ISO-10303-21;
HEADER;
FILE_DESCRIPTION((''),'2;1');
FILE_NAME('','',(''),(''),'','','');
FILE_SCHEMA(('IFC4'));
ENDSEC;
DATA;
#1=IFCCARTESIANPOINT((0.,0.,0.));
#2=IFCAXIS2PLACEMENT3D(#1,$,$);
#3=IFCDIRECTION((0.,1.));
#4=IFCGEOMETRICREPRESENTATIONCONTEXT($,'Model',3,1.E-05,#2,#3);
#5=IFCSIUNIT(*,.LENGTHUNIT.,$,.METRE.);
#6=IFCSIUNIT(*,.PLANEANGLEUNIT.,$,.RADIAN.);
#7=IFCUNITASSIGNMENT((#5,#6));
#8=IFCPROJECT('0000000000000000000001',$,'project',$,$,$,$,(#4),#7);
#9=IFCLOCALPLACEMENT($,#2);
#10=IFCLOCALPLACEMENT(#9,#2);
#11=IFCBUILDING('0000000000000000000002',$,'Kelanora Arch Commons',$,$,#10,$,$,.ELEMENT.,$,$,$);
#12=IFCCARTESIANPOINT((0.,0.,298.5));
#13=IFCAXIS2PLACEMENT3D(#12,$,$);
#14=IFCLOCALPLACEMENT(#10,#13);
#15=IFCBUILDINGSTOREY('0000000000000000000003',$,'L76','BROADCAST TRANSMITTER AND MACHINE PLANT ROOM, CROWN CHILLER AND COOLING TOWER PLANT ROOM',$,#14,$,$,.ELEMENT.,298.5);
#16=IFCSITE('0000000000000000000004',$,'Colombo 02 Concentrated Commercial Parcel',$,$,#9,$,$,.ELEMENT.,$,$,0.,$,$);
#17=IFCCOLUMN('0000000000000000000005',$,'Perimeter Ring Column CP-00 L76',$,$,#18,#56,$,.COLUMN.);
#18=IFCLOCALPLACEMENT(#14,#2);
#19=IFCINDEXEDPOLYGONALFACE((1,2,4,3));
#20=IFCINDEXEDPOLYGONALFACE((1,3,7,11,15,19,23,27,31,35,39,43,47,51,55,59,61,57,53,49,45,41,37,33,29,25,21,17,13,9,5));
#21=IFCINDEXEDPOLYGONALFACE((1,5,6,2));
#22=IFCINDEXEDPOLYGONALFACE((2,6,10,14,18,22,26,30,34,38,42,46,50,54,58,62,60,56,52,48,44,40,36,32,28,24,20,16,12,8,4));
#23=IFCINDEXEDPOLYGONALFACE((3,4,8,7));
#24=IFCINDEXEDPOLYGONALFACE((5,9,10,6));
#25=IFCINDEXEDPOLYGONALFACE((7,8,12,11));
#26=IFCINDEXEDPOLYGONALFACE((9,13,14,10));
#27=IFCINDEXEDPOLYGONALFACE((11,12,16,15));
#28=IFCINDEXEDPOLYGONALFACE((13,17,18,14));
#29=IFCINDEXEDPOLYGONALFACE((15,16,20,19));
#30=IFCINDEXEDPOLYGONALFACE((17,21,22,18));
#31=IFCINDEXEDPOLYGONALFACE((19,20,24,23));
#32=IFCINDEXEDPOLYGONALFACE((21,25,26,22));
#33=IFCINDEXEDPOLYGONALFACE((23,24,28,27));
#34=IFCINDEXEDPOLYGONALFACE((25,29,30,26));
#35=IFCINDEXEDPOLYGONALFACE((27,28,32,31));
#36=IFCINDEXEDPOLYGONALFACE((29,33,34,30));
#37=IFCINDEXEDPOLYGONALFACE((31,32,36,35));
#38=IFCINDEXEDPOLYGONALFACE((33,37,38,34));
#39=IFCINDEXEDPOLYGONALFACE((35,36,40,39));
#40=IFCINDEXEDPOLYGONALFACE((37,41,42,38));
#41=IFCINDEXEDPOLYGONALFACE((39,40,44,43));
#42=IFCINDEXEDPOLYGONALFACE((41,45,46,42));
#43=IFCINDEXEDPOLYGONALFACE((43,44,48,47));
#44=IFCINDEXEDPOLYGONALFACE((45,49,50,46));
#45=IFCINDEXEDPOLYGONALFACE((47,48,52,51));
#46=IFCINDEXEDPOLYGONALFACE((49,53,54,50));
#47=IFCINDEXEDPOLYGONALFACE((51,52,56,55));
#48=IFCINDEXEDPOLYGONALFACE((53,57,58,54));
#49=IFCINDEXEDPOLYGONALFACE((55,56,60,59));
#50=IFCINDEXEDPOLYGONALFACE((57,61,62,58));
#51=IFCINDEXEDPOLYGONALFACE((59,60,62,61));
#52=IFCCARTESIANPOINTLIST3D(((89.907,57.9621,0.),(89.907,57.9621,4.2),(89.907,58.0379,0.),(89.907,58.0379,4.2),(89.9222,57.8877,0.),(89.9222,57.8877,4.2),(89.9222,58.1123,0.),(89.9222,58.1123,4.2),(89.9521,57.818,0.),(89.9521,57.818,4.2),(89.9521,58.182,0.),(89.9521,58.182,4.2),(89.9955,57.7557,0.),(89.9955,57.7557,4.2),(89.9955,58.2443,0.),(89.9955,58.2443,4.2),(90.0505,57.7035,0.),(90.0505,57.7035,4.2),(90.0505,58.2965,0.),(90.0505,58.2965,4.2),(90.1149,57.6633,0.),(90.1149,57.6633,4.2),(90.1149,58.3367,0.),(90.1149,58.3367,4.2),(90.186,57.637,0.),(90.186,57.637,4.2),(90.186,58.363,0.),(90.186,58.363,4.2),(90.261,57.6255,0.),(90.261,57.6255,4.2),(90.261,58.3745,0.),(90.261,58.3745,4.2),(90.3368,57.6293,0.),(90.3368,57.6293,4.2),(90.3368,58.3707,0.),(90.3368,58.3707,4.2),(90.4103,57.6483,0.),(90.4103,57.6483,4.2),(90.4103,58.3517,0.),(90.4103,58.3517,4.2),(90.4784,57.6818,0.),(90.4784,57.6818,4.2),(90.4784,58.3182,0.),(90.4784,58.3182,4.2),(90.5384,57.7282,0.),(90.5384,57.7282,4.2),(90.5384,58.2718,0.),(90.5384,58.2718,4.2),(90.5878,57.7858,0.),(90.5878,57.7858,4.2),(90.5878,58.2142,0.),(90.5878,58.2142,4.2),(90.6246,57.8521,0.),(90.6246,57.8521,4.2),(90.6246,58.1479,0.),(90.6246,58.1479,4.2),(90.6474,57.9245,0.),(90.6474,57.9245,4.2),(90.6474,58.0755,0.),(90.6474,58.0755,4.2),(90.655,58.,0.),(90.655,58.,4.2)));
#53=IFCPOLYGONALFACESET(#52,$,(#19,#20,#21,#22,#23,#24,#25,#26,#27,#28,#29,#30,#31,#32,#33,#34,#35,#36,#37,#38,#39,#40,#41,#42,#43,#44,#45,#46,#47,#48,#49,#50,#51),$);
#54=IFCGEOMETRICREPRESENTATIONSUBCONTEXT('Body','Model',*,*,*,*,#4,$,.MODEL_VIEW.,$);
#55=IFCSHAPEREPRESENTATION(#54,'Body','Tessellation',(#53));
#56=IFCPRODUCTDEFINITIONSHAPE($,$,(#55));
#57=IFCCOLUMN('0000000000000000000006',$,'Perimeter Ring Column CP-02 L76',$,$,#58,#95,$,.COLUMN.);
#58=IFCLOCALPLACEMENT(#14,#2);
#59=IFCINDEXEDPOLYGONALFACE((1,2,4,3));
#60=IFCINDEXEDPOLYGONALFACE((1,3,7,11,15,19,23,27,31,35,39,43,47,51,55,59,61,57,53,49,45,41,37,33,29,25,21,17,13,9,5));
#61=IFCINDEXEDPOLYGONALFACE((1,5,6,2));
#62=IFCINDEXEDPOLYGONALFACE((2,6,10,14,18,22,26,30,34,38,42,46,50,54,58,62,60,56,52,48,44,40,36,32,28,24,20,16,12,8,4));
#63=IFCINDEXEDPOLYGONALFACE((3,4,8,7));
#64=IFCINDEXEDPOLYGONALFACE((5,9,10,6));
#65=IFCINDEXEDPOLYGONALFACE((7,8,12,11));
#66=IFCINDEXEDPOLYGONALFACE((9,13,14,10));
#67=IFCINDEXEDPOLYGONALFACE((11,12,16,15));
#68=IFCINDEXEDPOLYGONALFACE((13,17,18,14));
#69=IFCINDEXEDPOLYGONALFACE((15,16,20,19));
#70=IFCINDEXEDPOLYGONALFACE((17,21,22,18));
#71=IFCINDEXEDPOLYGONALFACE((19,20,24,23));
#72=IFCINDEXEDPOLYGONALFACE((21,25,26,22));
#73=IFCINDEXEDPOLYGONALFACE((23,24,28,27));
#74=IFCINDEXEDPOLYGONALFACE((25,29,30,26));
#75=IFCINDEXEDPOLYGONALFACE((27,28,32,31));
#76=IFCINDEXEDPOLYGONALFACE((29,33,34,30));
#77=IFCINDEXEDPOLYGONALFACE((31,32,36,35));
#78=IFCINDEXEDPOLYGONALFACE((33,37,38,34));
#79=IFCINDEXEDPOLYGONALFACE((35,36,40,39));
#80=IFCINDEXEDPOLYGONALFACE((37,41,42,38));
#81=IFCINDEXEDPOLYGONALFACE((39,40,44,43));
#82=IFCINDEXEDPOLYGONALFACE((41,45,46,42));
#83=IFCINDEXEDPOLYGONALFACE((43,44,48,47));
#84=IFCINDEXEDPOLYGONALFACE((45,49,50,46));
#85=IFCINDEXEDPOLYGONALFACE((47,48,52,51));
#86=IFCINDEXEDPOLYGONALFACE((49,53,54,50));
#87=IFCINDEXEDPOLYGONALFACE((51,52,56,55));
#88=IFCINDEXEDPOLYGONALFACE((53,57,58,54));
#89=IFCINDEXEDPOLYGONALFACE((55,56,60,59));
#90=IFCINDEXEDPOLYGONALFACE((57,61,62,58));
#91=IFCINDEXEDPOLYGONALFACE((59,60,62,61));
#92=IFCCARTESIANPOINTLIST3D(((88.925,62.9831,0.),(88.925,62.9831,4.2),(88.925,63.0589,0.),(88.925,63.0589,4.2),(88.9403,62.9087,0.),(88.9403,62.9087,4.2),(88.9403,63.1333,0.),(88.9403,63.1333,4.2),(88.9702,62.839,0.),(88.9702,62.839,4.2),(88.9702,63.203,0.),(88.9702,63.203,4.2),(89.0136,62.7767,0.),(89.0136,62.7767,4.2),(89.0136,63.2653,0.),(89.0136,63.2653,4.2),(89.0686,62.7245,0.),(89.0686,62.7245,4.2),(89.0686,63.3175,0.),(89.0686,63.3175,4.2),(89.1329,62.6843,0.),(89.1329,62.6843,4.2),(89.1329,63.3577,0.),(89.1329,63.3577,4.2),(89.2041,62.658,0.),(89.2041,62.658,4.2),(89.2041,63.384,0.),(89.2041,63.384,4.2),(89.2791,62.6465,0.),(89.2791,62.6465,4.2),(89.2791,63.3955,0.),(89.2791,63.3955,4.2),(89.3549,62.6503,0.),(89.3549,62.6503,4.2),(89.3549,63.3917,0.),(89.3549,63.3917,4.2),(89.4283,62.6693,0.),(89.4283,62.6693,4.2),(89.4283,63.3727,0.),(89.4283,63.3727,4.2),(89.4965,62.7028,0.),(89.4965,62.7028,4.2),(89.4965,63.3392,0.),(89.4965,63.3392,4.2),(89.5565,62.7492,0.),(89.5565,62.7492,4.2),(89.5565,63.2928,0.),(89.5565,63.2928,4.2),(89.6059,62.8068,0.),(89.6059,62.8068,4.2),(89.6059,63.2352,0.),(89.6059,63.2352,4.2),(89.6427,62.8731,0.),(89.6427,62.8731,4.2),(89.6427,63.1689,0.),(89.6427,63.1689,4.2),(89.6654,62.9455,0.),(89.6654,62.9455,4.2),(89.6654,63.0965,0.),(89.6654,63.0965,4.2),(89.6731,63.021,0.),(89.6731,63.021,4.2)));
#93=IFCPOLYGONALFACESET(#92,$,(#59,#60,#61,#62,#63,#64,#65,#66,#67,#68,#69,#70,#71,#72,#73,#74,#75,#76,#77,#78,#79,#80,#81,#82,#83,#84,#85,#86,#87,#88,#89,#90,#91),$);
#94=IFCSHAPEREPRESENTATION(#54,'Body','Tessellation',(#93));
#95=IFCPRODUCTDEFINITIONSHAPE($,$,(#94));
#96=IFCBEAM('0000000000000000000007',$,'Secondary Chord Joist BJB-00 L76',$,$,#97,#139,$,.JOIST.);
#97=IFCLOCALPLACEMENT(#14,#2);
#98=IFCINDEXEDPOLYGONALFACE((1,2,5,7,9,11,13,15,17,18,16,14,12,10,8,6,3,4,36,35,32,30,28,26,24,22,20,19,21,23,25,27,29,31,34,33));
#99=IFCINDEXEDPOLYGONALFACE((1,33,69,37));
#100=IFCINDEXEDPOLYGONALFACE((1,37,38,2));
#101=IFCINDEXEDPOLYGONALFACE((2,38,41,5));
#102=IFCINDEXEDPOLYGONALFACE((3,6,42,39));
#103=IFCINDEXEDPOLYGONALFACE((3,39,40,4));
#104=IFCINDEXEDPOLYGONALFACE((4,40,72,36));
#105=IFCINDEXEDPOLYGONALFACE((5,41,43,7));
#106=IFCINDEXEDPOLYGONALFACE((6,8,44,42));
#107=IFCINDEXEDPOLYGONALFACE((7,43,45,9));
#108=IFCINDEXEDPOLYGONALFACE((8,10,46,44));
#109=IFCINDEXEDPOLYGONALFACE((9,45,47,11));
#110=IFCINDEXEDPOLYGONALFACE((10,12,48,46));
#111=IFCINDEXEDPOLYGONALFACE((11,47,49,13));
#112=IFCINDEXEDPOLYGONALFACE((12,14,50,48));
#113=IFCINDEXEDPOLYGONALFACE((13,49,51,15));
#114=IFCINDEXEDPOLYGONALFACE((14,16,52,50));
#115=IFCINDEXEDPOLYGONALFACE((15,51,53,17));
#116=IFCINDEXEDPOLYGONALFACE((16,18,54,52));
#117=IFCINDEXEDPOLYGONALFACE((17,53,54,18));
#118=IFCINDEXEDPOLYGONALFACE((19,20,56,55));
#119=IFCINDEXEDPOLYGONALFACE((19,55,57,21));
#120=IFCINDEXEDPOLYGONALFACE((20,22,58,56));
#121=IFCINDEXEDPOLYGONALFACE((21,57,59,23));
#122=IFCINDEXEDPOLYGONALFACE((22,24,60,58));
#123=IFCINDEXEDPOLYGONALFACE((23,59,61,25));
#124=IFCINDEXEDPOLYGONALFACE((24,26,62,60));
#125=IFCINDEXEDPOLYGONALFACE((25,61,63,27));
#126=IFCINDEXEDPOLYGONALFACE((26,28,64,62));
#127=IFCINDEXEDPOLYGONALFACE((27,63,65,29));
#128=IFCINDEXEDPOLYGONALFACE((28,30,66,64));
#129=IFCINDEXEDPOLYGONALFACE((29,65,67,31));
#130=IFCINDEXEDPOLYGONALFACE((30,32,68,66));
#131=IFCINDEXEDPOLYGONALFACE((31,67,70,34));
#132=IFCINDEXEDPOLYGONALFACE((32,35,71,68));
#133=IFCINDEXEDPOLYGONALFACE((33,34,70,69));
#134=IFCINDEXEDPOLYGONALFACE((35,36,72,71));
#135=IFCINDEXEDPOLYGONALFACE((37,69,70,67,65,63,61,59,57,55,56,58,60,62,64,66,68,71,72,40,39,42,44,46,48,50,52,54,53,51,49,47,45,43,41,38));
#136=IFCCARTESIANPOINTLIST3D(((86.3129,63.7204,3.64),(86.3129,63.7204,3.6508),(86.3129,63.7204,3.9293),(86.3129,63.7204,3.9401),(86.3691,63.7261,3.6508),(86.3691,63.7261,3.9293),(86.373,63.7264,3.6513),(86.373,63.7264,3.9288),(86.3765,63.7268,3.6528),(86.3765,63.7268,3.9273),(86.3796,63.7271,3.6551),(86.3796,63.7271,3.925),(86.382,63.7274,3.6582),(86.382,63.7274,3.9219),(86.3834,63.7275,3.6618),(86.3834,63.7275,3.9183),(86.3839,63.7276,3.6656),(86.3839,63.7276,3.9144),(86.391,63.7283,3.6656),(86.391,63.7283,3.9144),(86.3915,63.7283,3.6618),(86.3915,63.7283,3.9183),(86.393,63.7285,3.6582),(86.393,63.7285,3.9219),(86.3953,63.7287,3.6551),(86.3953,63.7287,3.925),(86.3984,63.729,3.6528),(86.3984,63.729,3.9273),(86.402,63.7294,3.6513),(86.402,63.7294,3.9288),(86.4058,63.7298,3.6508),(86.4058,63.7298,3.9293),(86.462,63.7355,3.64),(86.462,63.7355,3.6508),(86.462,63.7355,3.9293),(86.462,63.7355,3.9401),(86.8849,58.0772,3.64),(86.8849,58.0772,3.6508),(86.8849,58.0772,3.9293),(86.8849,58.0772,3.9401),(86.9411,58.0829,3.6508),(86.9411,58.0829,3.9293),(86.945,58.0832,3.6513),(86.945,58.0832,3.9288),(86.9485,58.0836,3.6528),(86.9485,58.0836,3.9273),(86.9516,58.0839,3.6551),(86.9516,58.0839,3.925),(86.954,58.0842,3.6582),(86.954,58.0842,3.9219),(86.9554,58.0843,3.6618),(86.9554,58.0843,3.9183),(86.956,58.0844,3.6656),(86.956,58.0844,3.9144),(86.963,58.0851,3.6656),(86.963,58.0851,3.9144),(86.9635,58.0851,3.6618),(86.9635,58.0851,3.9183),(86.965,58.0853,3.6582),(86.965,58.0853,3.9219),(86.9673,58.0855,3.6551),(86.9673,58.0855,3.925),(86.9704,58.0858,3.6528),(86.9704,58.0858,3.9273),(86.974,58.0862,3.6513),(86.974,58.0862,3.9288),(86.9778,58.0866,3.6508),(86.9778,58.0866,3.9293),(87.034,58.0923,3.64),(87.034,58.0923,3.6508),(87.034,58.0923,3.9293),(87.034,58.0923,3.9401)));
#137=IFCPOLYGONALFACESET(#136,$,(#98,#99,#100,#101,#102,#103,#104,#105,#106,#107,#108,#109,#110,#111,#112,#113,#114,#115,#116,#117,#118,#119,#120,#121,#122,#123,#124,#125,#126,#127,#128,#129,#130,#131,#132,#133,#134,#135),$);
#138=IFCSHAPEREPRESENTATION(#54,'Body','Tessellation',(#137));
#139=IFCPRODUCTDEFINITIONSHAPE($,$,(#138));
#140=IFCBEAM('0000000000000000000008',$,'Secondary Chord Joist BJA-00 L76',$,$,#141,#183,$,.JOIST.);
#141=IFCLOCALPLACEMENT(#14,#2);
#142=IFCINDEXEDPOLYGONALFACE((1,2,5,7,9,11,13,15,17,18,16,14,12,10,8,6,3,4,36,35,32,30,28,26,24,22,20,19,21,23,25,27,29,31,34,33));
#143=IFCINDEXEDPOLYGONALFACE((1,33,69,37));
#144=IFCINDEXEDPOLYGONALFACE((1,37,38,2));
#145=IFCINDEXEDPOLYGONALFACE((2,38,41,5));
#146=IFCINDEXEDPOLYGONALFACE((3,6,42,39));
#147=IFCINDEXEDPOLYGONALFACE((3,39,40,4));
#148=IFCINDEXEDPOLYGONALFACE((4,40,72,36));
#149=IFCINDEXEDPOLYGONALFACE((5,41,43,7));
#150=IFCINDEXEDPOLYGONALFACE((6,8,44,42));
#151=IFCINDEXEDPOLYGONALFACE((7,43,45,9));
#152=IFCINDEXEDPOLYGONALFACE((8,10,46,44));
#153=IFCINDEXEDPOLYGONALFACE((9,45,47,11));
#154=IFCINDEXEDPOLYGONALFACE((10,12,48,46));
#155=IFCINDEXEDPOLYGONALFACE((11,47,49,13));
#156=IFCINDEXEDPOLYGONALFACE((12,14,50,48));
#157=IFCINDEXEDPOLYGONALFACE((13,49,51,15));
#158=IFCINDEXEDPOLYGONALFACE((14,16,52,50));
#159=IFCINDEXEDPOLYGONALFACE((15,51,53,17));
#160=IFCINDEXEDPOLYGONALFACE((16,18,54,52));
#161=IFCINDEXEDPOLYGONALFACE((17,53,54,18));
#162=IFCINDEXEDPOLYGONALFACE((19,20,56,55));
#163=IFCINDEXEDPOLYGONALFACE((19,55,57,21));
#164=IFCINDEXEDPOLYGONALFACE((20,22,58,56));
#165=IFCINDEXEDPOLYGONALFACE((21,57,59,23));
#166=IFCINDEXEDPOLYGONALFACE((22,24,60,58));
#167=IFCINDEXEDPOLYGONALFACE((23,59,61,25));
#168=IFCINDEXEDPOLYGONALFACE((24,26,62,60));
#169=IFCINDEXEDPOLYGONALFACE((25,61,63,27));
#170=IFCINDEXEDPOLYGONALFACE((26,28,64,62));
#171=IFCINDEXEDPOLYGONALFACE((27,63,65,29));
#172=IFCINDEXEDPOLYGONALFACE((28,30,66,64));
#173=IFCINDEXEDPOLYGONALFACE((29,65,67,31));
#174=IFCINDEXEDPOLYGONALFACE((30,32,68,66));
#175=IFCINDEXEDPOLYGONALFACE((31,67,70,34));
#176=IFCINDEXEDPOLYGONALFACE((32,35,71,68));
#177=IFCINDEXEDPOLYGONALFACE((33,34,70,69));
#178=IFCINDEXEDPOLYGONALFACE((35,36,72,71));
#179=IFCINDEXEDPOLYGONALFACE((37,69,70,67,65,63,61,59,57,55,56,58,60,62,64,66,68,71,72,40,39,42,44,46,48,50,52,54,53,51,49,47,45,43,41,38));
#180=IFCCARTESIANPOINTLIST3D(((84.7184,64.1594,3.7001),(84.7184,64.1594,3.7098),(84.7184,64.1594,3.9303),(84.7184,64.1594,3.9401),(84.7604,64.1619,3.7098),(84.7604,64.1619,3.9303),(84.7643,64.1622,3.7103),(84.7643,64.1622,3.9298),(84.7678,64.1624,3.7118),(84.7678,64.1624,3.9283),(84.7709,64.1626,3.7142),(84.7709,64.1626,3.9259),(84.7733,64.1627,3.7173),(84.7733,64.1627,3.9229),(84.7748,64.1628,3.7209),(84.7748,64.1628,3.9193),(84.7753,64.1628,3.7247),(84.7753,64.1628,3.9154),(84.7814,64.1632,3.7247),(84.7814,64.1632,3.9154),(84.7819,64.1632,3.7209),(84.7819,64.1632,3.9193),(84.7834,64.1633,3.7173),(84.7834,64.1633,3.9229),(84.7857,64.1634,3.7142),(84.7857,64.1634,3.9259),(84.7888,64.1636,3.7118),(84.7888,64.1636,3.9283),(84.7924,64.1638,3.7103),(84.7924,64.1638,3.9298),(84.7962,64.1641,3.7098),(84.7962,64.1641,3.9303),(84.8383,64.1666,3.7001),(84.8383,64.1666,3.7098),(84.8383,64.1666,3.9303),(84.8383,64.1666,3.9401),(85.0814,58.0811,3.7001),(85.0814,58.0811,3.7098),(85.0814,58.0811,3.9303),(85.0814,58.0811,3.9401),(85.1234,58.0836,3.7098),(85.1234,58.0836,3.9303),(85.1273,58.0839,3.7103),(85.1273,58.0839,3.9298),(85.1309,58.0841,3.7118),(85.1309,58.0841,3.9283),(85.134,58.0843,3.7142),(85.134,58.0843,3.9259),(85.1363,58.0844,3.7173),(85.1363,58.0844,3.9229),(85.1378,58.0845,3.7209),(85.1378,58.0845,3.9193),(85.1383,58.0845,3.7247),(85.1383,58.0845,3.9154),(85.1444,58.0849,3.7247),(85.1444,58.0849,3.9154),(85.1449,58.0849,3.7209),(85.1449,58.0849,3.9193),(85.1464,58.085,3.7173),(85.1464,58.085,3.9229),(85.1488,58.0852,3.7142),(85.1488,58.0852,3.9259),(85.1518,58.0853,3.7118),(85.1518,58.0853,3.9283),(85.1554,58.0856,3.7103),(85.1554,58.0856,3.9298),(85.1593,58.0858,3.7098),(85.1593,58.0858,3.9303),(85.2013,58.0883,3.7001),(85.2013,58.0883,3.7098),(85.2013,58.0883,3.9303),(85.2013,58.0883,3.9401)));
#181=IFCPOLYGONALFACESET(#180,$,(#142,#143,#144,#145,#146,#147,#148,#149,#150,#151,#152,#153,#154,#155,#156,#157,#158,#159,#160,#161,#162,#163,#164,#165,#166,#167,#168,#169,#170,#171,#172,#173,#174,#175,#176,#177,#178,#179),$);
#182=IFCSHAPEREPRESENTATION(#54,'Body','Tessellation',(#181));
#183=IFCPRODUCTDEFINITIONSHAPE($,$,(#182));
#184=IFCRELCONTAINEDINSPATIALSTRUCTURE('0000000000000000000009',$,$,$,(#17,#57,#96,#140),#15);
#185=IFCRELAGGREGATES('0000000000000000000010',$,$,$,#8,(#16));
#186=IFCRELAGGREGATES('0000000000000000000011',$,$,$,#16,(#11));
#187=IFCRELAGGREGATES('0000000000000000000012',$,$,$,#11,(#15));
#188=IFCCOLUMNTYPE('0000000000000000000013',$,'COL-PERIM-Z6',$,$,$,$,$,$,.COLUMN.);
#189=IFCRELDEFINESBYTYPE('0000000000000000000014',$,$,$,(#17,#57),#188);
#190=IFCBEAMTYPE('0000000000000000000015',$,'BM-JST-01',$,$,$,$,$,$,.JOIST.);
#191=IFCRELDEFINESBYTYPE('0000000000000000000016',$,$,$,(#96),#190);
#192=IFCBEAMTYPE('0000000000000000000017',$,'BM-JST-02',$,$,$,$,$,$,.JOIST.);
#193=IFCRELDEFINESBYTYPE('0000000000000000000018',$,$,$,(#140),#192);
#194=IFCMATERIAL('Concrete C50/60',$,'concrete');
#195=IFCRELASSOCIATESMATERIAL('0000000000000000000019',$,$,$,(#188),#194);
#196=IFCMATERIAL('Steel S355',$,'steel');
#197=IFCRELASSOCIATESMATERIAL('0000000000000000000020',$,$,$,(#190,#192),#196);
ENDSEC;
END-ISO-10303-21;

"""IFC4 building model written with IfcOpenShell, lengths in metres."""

from ifc_helpers import new_model, si_unit, direction, frame, origin, origin_2d, place, context, subcontext, project, spatial, circle, i_section, extrude, material, material_profile, profile_set, type_object, element, save


model = new_model("IFC4")

# Units and contexts
model_context = context("Model", 3, precision=1e-05, world=origin(), true_north=direction((0.0, 1.0)))
body_context = subcontext(model_context, "Body", "Model", "MODEL_VIEW")
ifc_project = project(units=[si_unit("LENGTHUNIT", "METRE"), si_unit("PLANEANGLEUNIT", "RADIAN")], contexts=[model_context])

# Site, building, storey
site_placement = place(None, origin())
site = spatial("IfcSite", under=ifc_project, at=site_placement, Name="Colombo 02 Concentrated Commercial Parcel", CompositionType="ELEMENT", RefElevation=0.0)
building_placement = place(site_placement, origin())
building = spatial("IfcBuilding", under=site, at=building_placement, Name="Kelanora Arch Commons", CompositionType="ELEMENT")
storey_placement = place(building_placement, frame((0.0, 0.0, 298.5)))
storey = spatial("IfcBuildingStorey", under=building, at=storey_placement, Name="L76", Description="BROADCAST TRANSMITTER AND MACHINE PLANT ROOM, CROWN CHILLER AND COOLING TOWER PLANT ROOM", CompositionType="ELEMENT", Elevation=298.5)

# Columns
ifc_material_1 = material(Name="Concrete C50/60", Category="concrete")
ifc_material_profile_1 = material_profile(ifc_material_1, circle(Radius=0.375, at=origin_2d()), Name="RCC750")
ifc_profile_set_1 = profile_set([ifc_material_profile_1], Name="Concrete C50/60")
column_type = type_object("IfcColumnType", Name="COL-PERIM-Z6", PredefinedType="COLUMN", material=ifc_profile_set_1)
for number, where, z_axis, x_axis, name in (
    (1, (90.28, 58.0, 0.0), (0.0, 0.0, 1.0), (1.0, 0.0, 0.0), "Perimeter Ring Column CP-00 L76"),
    (2, (89.2981, 63.021, 0.0), (0.0, 0.0, 1.0), (1.0, 0.0, 0.0), "Perimeter Ring Column CP-02 L76"),
):
    element("IfcColumn", number, at=place(storey_placement, frame(where, z_axis=z_axis, x_axis=x_axis)), inside=storey, type_object=column_type, Name=name, PredefinedType="COLUMN", context=body_context, shape_type="SweptSolid", body=[
        extrude(circle(Radius=0.375, at=origin_2d()), origin(), (0.0, 0.0, 1.0), 4.2),
    ])

# Beams
ifc_material_2 = material(Name="Steel S355", Category="steel")
ifc_material_profile_2 = material_profile(ifc_material_2, i_section(OverallWidth=0.1499, OverallDepth=0.3, WebThickness=0.0071, FlangeThickness=0.0107, FilletRadius=0.0149, at=origin_2d()), Name="IPE300")
ifc_profile_set_2 = profile_set([ifc_material_profile_2], Name="Steel S355")
beam_type_1 = type_object("IfcBeamType", Name="BM-JST-01", PredefinedType="JOIST", material=ifc_profile_set_2)
beam_1_placement = place(storey_placement, frame((86.9595, 58.0847, 3.79), z_axis=(-0.100846, 0.994902, 0.0), x_axis=(-0.994902, -0.100846, 0.0)))
element("IfcBeam", 3, at=beam_1_placement, inside=storey, type_object=beam_type_1, Name="Secondary Chord Joist BJB-00 L76", PredefinedType="JOIST", context=body_context, shape_type="SweptSolid", body=[
    extrude(i_section(OverallWidth=0.1499, OverallDepth=0.3, WebThickness=0.0071, FlangeThickness=0.0107, FilletRadius=0.0149, at=origin_2d()), origin(), (0.0, 0.0, 1.0), 5.6721),
])
ifc_material_profile_3 = material_profile(ifc_material_2, i_section(OverallWidth=0.1201, OverallDepth=0.24, WebThickness=0.0061, FlangeThickness=0.0098, FilletRadius=0.0149, at=origin_2d()), Name="IPE240")
ifc_profile_set_3 = profile_set([ifc_material_profile_3], Name="Steel S355")
beam_type_2 = type_object("IfcBeamType", Name="BM-JST-02", PredefinedType="JOIST", material=ifc_profile_set_3)
beam_2_placement = place(storey_placement, frame((85.1414, 58.0847, 3.8201), z_axis=(-0.05962, 0.998221, 0.0), x_axis=(-0.998221, -0.05962, 0.0)))
element("IfcBeam", 4, at=beam_2_placement, inside=storey, type_object=beam_type_2, Name="Secondary Chord Joist BJA-00 L76", PredefinedType="JOIST", context=body_context, shape_type="SweptSolid", body=[
    extrude(i_section(OverallWidth=0.1201, OverallDepth=0.24, WebThickness=0.0061, FlangeThickness=0.0098, FilletRadius=0.0149, at=origin_2d()), origin(), (0.0, 0.0, 1.0), 6.0891),
])

save(model, "model.ifc")
